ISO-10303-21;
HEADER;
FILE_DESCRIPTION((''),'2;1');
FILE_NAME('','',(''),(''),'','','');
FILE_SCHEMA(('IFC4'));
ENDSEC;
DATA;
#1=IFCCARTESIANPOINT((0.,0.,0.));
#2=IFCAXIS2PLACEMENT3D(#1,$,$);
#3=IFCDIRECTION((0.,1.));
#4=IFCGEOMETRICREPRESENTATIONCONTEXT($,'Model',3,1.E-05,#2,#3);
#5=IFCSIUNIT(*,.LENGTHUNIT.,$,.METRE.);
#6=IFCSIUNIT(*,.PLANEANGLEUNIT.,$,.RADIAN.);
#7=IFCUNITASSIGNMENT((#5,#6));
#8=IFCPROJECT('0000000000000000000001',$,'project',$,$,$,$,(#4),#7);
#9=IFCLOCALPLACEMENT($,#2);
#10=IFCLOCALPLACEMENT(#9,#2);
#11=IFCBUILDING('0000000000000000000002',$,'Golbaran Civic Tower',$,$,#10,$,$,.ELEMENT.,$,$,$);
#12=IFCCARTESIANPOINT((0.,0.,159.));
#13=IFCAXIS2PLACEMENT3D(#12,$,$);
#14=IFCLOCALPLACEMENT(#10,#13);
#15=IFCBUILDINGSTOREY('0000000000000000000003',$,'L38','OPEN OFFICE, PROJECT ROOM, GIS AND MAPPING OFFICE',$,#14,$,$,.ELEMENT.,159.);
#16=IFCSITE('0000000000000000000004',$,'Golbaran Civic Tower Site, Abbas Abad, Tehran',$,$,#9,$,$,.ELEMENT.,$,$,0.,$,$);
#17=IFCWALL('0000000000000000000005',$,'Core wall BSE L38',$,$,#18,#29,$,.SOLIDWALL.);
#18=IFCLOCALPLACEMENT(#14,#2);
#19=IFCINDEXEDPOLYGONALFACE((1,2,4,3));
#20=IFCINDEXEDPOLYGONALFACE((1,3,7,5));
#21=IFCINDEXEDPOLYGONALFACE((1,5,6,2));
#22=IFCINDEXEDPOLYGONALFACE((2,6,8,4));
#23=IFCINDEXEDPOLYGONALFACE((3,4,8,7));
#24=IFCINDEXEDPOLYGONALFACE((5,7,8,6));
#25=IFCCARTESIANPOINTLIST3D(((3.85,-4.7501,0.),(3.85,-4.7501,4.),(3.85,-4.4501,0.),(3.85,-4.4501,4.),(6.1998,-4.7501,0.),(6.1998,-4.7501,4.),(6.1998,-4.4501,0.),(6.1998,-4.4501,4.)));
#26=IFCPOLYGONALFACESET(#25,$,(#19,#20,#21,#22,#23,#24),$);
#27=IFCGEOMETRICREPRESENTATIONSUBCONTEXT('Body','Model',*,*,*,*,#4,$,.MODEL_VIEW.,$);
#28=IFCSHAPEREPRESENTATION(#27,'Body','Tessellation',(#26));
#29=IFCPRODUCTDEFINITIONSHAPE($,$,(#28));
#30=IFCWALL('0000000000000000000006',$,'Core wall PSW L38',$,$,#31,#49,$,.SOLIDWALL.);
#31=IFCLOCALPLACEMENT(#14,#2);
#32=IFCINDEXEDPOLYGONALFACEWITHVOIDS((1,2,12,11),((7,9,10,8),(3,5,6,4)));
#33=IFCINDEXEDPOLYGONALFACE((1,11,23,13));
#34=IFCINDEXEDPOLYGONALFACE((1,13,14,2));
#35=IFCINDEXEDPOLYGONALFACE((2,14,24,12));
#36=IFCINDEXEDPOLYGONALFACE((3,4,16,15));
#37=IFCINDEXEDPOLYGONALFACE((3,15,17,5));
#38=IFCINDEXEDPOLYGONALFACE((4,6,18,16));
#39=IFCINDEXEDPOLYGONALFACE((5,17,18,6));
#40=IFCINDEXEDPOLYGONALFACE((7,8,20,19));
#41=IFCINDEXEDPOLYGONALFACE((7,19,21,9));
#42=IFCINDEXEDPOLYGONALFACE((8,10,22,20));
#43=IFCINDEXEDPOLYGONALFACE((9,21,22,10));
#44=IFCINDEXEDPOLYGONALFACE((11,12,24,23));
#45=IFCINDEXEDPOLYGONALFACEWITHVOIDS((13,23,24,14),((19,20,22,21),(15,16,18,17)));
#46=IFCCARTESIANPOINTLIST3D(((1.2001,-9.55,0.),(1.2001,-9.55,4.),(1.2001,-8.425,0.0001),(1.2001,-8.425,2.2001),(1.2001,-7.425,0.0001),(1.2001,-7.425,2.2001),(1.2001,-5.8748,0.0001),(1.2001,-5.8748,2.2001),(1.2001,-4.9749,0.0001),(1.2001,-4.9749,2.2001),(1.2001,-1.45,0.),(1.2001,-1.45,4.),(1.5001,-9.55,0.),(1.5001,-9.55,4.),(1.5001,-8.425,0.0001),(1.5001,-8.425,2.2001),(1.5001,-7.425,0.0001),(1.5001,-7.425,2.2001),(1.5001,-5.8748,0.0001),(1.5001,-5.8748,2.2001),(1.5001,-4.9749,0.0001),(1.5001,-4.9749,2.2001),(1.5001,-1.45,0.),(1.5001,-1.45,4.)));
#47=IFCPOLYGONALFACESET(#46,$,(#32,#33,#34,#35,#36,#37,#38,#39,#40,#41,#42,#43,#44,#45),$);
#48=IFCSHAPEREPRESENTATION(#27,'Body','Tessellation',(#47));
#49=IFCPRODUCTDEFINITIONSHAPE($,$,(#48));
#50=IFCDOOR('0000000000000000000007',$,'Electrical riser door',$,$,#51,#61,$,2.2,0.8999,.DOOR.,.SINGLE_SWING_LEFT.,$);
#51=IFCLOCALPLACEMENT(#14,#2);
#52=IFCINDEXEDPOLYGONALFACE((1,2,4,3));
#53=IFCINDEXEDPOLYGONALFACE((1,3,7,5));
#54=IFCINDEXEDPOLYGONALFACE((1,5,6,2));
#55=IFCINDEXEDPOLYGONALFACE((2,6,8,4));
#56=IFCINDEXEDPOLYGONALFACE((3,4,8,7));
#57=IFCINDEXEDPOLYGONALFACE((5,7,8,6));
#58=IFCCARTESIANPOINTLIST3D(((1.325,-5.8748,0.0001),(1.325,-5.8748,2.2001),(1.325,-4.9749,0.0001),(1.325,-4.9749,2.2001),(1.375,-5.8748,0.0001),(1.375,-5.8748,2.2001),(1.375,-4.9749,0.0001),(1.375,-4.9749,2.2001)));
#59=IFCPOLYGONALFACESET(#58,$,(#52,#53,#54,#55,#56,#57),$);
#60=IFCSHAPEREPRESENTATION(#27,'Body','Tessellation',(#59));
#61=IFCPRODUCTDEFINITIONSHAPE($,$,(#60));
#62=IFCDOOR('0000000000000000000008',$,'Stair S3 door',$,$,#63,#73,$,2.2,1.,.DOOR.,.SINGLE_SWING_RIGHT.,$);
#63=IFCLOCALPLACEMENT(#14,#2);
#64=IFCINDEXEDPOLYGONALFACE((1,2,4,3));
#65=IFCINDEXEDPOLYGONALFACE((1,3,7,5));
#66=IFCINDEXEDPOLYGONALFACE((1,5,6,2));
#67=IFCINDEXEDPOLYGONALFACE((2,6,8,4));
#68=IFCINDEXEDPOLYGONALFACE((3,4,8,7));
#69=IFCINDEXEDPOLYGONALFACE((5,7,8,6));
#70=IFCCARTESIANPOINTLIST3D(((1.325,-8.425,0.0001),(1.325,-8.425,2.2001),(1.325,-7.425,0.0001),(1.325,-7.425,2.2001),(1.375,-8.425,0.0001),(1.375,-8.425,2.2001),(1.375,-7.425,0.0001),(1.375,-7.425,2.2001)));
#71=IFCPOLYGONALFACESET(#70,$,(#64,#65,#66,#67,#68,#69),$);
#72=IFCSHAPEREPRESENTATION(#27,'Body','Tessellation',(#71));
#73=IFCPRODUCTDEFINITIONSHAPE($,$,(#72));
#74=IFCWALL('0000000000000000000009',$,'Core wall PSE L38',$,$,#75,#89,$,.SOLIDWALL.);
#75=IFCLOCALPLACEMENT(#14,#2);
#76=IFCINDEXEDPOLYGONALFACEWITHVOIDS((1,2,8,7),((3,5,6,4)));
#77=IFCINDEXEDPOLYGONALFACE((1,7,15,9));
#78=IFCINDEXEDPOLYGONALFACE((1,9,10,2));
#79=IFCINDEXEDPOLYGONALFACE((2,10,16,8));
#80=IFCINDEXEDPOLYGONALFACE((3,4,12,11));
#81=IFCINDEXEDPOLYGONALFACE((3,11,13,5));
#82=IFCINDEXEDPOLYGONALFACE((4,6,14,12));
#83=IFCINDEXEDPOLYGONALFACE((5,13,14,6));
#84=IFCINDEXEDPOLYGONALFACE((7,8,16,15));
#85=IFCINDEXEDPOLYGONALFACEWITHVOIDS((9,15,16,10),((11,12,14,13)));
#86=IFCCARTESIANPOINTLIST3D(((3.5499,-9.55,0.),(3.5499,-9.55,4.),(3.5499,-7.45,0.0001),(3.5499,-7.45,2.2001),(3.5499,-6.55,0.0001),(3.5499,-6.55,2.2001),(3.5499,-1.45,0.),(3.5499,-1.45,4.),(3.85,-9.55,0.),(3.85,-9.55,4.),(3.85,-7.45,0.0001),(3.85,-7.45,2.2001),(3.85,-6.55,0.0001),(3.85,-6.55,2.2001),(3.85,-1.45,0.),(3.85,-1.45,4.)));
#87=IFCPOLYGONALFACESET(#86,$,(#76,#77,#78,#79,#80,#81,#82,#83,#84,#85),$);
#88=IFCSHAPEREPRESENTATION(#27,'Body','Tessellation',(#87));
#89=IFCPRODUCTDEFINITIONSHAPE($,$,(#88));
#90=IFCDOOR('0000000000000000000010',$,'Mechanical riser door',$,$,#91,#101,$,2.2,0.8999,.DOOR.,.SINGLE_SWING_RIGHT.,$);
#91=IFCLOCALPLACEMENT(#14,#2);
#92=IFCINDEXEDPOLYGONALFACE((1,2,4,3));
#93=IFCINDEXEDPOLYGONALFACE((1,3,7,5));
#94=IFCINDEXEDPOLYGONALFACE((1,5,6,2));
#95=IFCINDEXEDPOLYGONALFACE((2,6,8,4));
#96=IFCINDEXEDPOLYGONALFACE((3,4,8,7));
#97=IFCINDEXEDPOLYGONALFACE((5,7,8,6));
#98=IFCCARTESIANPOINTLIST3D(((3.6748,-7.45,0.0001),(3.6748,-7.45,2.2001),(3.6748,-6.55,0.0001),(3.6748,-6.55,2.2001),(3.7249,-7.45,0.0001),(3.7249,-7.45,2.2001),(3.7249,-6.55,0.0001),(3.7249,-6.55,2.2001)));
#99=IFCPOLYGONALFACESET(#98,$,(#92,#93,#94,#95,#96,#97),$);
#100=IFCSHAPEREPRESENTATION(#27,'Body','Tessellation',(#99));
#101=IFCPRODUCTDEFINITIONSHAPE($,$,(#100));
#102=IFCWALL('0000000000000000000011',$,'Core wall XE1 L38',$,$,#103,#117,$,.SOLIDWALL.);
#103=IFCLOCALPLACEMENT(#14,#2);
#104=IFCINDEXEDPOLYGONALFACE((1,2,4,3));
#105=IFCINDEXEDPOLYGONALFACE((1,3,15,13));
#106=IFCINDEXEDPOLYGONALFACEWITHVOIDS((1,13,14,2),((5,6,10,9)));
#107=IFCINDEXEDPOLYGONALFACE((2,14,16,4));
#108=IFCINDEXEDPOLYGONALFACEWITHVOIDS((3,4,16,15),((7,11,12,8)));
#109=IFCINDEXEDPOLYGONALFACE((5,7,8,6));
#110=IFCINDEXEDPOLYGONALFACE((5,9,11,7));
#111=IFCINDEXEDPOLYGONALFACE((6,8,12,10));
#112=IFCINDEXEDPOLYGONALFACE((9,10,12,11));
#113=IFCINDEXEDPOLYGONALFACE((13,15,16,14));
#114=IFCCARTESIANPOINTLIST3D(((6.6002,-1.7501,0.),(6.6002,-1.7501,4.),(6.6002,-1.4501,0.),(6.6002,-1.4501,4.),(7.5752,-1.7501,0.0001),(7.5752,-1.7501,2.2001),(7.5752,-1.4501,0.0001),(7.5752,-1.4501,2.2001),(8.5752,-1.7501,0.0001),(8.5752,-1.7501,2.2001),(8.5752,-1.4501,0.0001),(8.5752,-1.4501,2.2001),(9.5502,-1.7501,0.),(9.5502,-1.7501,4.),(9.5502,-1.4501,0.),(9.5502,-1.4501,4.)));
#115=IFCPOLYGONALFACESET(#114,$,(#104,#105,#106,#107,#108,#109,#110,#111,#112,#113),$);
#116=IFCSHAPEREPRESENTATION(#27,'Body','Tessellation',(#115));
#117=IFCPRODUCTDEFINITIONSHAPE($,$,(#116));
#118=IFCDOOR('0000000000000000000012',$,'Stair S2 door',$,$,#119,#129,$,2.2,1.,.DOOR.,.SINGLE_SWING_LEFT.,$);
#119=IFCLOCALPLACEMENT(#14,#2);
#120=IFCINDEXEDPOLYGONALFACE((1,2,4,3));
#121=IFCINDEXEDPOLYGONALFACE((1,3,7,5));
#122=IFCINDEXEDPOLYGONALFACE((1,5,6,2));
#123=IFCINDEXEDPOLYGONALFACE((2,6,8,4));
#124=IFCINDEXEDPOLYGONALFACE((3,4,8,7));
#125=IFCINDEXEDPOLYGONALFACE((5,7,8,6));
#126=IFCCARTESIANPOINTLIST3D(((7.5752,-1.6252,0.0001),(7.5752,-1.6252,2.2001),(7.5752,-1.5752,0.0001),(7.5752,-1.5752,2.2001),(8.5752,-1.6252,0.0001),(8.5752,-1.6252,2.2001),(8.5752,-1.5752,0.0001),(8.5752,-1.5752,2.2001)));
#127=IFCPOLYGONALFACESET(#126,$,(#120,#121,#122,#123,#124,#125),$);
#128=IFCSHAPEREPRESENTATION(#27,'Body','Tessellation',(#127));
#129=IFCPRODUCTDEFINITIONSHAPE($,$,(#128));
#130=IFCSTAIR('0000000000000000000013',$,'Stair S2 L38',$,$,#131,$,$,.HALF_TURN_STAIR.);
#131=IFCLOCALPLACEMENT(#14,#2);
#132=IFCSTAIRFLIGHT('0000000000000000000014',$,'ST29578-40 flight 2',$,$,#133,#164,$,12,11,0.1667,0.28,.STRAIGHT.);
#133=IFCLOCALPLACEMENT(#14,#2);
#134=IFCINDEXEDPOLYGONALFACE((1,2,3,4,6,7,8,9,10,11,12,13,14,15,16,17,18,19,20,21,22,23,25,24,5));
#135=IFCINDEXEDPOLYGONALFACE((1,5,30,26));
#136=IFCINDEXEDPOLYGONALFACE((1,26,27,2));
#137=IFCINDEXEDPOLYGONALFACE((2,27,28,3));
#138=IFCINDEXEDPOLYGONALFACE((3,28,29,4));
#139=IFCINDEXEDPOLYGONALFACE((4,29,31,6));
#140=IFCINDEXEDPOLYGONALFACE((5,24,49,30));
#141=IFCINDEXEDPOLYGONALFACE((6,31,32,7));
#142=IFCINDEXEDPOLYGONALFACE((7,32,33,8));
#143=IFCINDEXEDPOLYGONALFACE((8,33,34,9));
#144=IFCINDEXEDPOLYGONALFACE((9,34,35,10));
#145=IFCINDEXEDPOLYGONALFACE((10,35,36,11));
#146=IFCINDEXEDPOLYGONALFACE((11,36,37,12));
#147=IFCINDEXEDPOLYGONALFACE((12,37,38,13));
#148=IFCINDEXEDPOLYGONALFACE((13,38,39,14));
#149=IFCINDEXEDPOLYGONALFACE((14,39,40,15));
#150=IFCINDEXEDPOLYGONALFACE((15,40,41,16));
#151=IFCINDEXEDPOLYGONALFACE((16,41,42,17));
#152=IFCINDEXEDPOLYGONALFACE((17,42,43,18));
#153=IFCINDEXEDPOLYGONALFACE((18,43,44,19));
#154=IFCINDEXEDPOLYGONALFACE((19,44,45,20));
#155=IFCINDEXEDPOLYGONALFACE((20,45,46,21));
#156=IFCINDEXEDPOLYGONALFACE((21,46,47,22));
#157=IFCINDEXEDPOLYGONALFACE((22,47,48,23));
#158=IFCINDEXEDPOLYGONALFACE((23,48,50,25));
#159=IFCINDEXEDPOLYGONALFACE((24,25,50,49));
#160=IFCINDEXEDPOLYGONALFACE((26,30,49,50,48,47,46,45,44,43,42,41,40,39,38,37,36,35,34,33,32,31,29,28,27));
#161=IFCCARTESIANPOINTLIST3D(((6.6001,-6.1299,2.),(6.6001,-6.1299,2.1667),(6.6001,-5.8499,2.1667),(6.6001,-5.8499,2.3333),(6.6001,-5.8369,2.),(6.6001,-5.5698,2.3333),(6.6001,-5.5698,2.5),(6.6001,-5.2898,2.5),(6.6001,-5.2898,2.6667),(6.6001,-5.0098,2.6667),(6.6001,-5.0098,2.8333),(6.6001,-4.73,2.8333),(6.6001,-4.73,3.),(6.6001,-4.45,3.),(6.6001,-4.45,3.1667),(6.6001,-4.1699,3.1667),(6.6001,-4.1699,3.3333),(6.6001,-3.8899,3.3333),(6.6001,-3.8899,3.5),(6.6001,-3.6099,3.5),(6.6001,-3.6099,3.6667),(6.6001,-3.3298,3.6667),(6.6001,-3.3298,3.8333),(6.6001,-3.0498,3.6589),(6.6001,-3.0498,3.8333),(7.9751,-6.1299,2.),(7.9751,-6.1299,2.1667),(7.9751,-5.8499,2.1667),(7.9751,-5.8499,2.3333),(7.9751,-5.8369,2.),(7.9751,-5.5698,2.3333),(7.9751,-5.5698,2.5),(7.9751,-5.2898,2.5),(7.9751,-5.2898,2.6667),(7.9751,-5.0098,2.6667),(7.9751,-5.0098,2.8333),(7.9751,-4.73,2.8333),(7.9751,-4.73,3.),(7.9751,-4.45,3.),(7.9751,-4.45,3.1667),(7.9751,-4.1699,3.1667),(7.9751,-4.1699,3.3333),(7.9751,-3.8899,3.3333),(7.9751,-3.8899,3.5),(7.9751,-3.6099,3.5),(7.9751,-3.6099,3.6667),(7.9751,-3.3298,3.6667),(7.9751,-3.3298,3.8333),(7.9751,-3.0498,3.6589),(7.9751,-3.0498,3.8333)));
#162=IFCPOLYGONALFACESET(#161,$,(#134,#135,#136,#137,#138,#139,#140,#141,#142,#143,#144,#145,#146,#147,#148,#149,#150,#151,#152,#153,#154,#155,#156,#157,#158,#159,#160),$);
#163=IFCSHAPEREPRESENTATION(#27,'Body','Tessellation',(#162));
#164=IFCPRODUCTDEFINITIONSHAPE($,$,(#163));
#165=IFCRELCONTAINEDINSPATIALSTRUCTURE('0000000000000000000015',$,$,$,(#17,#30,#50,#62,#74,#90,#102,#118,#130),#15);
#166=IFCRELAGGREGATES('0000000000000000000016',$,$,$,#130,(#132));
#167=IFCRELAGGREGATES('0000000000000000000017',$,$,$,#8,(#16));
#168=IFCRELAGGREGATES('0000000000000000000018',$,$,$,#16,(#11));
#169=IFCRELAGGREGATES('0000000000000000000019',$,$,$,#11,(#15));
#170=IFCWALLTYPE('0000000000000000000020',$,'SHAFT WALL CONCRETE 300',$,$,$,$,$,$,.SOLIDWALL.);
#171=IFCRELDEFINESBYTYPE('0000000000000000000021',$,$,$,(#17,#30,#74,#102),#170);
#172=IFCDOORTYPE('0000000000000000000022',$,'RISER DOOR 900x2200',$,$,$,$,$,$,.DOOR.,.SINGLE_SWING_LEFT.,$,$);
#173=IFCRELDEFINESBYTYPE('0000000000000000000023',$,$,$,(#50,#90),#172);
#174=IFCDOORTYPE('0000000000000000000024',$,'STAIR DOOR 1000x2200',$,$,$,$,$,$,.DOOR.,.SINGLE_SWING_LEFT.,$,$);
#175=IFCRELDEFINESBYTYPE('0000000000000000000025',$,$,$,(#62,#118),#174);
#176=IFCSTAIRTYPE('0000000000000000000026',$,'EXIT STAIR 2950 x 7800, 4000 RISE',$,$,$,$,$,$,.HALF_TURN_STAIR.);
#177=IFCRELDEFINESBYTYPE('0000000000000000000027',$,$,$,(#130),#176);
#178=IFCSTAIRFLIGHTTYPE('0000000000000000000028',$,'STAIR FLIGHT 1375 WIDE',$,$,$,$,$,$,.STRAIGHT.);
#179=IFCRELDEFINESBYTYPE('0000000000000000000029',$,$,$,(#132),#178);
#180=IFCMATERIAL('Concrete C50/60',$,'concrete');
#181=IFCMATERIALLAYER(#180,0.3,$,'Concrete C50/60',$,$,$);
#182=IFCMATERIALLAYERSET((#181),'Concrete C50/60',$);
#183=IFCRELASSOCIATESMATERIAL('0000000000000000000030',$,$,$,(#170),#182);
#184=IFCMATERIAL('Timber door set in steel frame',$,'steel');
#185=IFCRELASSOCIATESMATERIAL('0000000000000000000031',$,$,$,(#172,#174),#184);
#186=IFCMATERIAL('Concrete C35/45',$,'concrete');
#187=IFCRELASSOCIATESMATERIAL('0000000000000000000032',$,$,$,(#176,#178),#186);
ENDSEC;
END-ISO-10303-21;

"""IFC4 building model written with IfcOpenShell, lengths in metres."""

from ifc_helpers import new_model, si_unit, direction, frame, frame_2d, origin, place, context, subcontext, project, spatial, polyline, rectangle, outline, extrude, material, layer, layer_set, type_object, element, fill, aggregate, save


model = new_model("IFC4")

# Units and contexts
model_context = context("Model", 3, precision=1e-05, world=origin(), true_north=direction((0.0, 1.0)))
body_context = subcontext(model_context, "Body", "Model", "MODEL_VIEW")
ifc_project = project(units=[si_unit("LENGTHUNIT", "METRE"), si_unit("PLANEANGLEUNIT", "RADIAN")], contexts=[model_context])

# Site, building, storey
site_placement = place(None, origin())
site = spatial("IfcSite", under=ifc_project, at=site_placement, Name="Golbaran Civic Tower Site, Abbas Abad, Tehran", CompositionType="ELEMENT", RefElevation=0.0)
building_placement = place(site_placement, origin())
building = spatial("IfcBuilding", under=site, at=building_placement, Name="Golbaran Civic Tower", CompositionType="ELEMENT")
storey_placement = place(building_placement, frame((0.0, 0.0, 159.0)))
storey = spatial("IfcBuildingStorey", under=building, at=storey_placement, Name="L38", Description="OPEN OFFICE, PROJECT ROOM, GIS AND MAPPING OFFICE", CompositionType="ELEMENT", Elevation=159.0)

# Shared definitions
ifc_material_1 = material(Name="Concrete C35/45", Category="concrete")

# Shared definitions
ifc_material_2 = material(Name="Timber door set in steel frame", Category="steel")

# Shared definitions
ifc_material_3 = material(Name="Concrete C50/60", Category="concrete")
ifc_layer_1 = layer(ifc_material_3, 0.3, Name="Concrete C50/60")
ifc_layer_set_1 = layer_set([ifc_layer_1], Name="Concrete C50/60")
wall_type_1 = type_object("IfcWallType", Name="SHAFT WALL CONCRETE 300", PredefinedType="SOLIDWALL", material=ifc_layer_set_1)

# Wall
wall_1_placement = place(storey_placement, frame((3.8501, -4.6001, 0.0), z_axis=(0.0, 0.0, 1.0), x_axis=(1.0, 0.0, 0.0)))
element("IfcWall", 1, at=wall_1_placement, inside=storey, type_object=wall_type_1, Name="Core wall BSE L38", PredefinedType="SOLIDWALL", context=body_context, shape_type="SweptSolid", body=[
    extrude(rectangle(XDim=2.3499, YDim=0.3, at=frame_2d((1.1748, 0.0))), origin(), (0.0, 0.0, 1.0), 4.0),
])

# Wall, openings, doors
wall_2_placement = place(storey_placement, frame((1.3501, -1.45, 0.0), z_axis=(0.0, 0.0, 1.0), x_axis=(0.0, -1.0, 0.0)))
wall_2 = element("IfcWall", 2, at=wall_2_placement, inside=storey, type_object=wall_type_1, Name="Core wall PSW L38", PredefinedType="SOLIDWALL", context=body_context, shape_type="SweptSolid", body=[
    extrude(rectangle(XDim=8.1001, YDim=0.3, at=frame_2d((4.05, 0.0))), origin(), (0.0, 0.0, 1.0), 4.0),
])
opening_1_placement = place(wall_2_placement, frame((5.9751, 0.0, 0.0)))
opening_1 = element("IfcOpeningElement", 3, at=opening_1_placement, cuts=wall_2, PredefinedType="OPENING", context=body_context, shape_type="SweptSolid", body=[
    extrude(rectangle(XDim=1.0, YDim=2.2, at=frame_2d((0.5, 1.1001))), frame((0.0, 0.1599, 0.0), z_axis=(0.0, -1.0, 0.0), x_axis=(1.0, 0.0, 0.0)), (0.0, 0.0, 1.0), 0.3201),
])
opening_2_placement = place(wall_2_placement, frame((3.5249, 0.0, 0.0)))
opening_2 = element("IfcOpeningElement", 4, at=opening_2_placement, cuts=wall_2, PredefinedType="OPENING", context=body_context, shape_type="SweptSolid", body=[
    extrude(rectangle(XDim=0.8999, YDim=2.2, at=frame_2d((0.45, 1.1001))), frame((0.0, 0.1599, 0.0), z_axis=(0.0, -1.0, 0.0), x_axis=(1.0, 0.0, 0.0)), (0.0, 0.0, 1.0), 0.3201),
])
door_type_1 = type_object("IfcDoorType", Name="RISER DOOR 900x2200", OperationType="SINGLE_SWING_LEFT", PredefinedType="DOOR", material=ifc_material_2)
door_1_placement = place(opening_2_placement, origin())
door_1 = element("IfcDoor", 5, at=door_1_placement, inside=storey, type_object=door_type_1, Name="Electrical riser door", OperationType="SINGLE_SWING_LEFT", OverallHeight=2.2, OverallWidth=0.8999, PredefinedType="DOOR", context=body_context, shape_type="SweptSolid", body=[
    extrude(rectangle(XDim=0.8999, YDim=2.2, at=frame_2d((0.45, 1.1001))), frame((0.0, 0.0249, 0.0), z_axis=(0.0, -1.0, 0.0), x_axis=(1.0, 0.0, 0.0)), (0.0, 0.0, 1.0), 0.05),
])
fill(opening_2, door_1)
door_type_2 = type_object("IfcDoorType", Name="STAIR DOOR 1000x2200", OperationType="SINGLE_SWING_LEFT", PredefinedType="DOOR", material=ifc_material_2)
door_2_placement = place(opening_1_placement, origin())
door_2 = element("IfcDoor", 6, at=door_2_placement, inside=storey, type_object=door_type_2, Name="Stair S3 door", OperationType="SINGLE_SWING_RIGHT", OverallHeight=2.2, OverallWidth=1.0, PredefinedType="DOOR", context=body_context, shape_type="SweptSolid", body=[
    extrude(rectangle(XDim=1.0, YDim=2.2, at=frame_2d((0.5, 1.1001))), frame((0.0, 0.0249, 0.0), z_axis=(0.0, -1.0, 0.0), x_axis=(1.0, 0.0, 0.0)), (0.0, 0.0, 1.0), 0.05),
])
fill(opening_1, door_2)

# Walls, openings, doors
wall_3_placement = place(storey_placement, frame((3.7, -1.45, 0.0), z_axis=(0.0, 0.0, 1.0), x_axis=(0.0, -1.0, 0.0)))
wall_3 = element("IfcWall", 7, at=wall_3_placement, inside=storey, type_object=wall_type_1, Name="Core wall PSE L38", PredefinedType="SOLIDWALL", context=body_context, shape_type="SweptSolid", body=[
    extrude(rectangle(XDim=8.1001, YDim=0.3, at=frame_2d((4.05, 0.0))), origin(), (0.0, 0.0, 1.0), 4.0),
])
opening_3_placement = place(wall_3_placement, frame((5.1001, 0.0, 0.0)))
opening_3 = element("IfcOpeningElement", 8, at=opening_3_placement, cuts=wall_3, PredefinedType="OPENING", context=body_context, shape_type="SweptSolid", body=[
    extrude(rectangle(XDim=0.8999, YDim=2.2, at=frame_2d((0.45, 1.1001))), frame((0.0, 0.1599, 0.0), z_axis=(0.0, -1.0, 0.0), x_axis=(1.0, 0.0, 0.0)), (0.0, 0.0, 1.0), 0.3201),
])
door_3_placement = place(opening_3_placement, origin())
door_3 = element("IfcDoor", 9, at=door_3_placement, inside=storey, type_object=door_type_1, Name="Mechanical riser door", OperationType="SINGLE_SWING_RIGHT", OverallHeight=2.2, OverallWidth=0.8999, PredefinedType="DOOR", context=body_context, shape_type="SweptSolid", body=[
    extrude(rectangle(XDim=0.8999, YDim=2.2, at=frame_2d((0.45, 1.1001))), frame((0.0, 0.0249, 0.0), z_axis=(0.0, -1.0, 0.0), x_axis=(1.0, 0.0, 0.0)), (0.0, 0.0, 1.0), 0.05),
])
fill(opening_3, door_3)
wall_4_placement = place(storey_placement, frame((6.6001, -1.6001, 0.0), z_axis=(0.0, 0.0, 1.0), x_axis=(1.0, 0.0, 0.0)))
wall_4 = element("IfcWall", 10, at=wall_4_placement, inside=storey, type_object=wall_type_1, Name="Core wall XE1 L38", PredefinedType="SOLIDWALL", context=body_context, shape_type="SweptSolid", body=[
    extrude(rectangle(XDim=2.95, YDim=0.3, at=frame_2d((1.4751, 0.0))), origin(), (0.0, 0.0, 1.0), 4.0),
])
opening_4_placement = place(wall_4_placement, frame((0.9751, 0.0, 0.0)))
opening_4 = element("IfcOpeningElement", 11, at=opening_4_placement, cuts=wall_4, PredefinedType="OPENING", context=body_context, shape_type="SweptSolid", body=[
    extrude(rectangle(XDim=1.0, YDim=2.2, at=frame_2d((0.5, 1.1001))), frame((0.0, 0.1599, 0.0), z_axis=(0.0, -1.0, 0.0), x_axis=(1.0, 0.0, 0.0)), (0.0, 0.0, 1.0), 0.3201),
])
door_4_placement = place(opening_4_placement, origin())
door_4 = element("IfcDoor", 12, at=door_4_placement, inside=storey, type_object=door_type_2, Name="Stair S2 door", OperationType="SINGLE_SWING_LEFT", OverallHeight=2.2, OverallWidth=1.0, PredefinedType="DOOR", context=body_context, shape_type="SweptSolid", body=[
    extrude(rectangle(XDim=1.0, YDim=2.2, at=frame_2d((0.5, 1.1001))), frame((0.0, 0.0249, 0.0), z_axis=(0.0, -1.0, 0.0), x_axis=(1.0, 0.0, 0.0)), (0.0, 0.0, 1.0), 0.05),
])
fill(opening_4, door_4)

# Stair, stair flight
stair_type_1 = type_object("IfcStairType", Name="EXIT STAIR 2950 x 7800, 4000 RISE", PredefinedType="HALF_TURN_STAIR", material=ifc_material_1)
stair_1_placement = place(storey_placement, origin())
stair_1 = element("IfcStair", 13, at=stair_1_placement, inside=storey, type_object=stair_type_1, Name="Stair S2 L38", PredefinedType="HALF_TURN_STAIR")
stair_flight_type = type_object("IfcStairFlightType", Name="STAIR FLIGHT 1375 WIDE", PredefinedType="STRAIGHT", material=ifc_material_1)
stair_flight_placement = place(storey_placement, frame((7.2876, -6.1299, 2.0), z_axis=(0.0, 0.0, 1.0), x_axis=(0.0, 1.0, 0.0)))
stair_flight = element("IfcStairFlight", 14, at=stair_flight_placement, type_object=stair_flight_type, Name="ST29578-40 flight 2", NumberOfRisers=12, NumberOfTreads=11, PredefinedType="STRAIGHT", RiserHeight=0.1667, TreadLength=0.28, context=body_context, shape_type="SweptSolid", body=[
    extrude(outline(polyline([(0.0, 0.0), (0.0, 0.1667), (0.28, 0.1667), (0.28, 0.3333), (0.5601, 0.3333), (0.5601, 0.5), (0.8401, 0.5), (0.8401, 0.6667), (1.1201, 0.6667), (1.1201, 0.8333), (1.3999, 0.8333), (1.3999, 1.0), (1.6799, 1.0), (1.6799, 1.1667), (1.96, 1.1667), (1.96, 1.3333), (2.24, 1.3333), (2.24, 1.5), (2.52, 1.5), (2.52, 1.6667), (2.8, 1.6667), (2.8, 1.8333), (3.0801, 1.8333), (3.0801, 2.0), (3.0801, 1.6589), (0.293, 0.0), (0.0, 0.0)])), frame((0.0, 0.6875, 0.0), z_axis=(0.0, -1.0, 0.0), x_axis=(1.0, 0.0, 0.0)), (0.0, 0.0, 1.0), 1.375),
])
aggregate(stair_1, [stair_flight])

save(model, "model.ifc")
